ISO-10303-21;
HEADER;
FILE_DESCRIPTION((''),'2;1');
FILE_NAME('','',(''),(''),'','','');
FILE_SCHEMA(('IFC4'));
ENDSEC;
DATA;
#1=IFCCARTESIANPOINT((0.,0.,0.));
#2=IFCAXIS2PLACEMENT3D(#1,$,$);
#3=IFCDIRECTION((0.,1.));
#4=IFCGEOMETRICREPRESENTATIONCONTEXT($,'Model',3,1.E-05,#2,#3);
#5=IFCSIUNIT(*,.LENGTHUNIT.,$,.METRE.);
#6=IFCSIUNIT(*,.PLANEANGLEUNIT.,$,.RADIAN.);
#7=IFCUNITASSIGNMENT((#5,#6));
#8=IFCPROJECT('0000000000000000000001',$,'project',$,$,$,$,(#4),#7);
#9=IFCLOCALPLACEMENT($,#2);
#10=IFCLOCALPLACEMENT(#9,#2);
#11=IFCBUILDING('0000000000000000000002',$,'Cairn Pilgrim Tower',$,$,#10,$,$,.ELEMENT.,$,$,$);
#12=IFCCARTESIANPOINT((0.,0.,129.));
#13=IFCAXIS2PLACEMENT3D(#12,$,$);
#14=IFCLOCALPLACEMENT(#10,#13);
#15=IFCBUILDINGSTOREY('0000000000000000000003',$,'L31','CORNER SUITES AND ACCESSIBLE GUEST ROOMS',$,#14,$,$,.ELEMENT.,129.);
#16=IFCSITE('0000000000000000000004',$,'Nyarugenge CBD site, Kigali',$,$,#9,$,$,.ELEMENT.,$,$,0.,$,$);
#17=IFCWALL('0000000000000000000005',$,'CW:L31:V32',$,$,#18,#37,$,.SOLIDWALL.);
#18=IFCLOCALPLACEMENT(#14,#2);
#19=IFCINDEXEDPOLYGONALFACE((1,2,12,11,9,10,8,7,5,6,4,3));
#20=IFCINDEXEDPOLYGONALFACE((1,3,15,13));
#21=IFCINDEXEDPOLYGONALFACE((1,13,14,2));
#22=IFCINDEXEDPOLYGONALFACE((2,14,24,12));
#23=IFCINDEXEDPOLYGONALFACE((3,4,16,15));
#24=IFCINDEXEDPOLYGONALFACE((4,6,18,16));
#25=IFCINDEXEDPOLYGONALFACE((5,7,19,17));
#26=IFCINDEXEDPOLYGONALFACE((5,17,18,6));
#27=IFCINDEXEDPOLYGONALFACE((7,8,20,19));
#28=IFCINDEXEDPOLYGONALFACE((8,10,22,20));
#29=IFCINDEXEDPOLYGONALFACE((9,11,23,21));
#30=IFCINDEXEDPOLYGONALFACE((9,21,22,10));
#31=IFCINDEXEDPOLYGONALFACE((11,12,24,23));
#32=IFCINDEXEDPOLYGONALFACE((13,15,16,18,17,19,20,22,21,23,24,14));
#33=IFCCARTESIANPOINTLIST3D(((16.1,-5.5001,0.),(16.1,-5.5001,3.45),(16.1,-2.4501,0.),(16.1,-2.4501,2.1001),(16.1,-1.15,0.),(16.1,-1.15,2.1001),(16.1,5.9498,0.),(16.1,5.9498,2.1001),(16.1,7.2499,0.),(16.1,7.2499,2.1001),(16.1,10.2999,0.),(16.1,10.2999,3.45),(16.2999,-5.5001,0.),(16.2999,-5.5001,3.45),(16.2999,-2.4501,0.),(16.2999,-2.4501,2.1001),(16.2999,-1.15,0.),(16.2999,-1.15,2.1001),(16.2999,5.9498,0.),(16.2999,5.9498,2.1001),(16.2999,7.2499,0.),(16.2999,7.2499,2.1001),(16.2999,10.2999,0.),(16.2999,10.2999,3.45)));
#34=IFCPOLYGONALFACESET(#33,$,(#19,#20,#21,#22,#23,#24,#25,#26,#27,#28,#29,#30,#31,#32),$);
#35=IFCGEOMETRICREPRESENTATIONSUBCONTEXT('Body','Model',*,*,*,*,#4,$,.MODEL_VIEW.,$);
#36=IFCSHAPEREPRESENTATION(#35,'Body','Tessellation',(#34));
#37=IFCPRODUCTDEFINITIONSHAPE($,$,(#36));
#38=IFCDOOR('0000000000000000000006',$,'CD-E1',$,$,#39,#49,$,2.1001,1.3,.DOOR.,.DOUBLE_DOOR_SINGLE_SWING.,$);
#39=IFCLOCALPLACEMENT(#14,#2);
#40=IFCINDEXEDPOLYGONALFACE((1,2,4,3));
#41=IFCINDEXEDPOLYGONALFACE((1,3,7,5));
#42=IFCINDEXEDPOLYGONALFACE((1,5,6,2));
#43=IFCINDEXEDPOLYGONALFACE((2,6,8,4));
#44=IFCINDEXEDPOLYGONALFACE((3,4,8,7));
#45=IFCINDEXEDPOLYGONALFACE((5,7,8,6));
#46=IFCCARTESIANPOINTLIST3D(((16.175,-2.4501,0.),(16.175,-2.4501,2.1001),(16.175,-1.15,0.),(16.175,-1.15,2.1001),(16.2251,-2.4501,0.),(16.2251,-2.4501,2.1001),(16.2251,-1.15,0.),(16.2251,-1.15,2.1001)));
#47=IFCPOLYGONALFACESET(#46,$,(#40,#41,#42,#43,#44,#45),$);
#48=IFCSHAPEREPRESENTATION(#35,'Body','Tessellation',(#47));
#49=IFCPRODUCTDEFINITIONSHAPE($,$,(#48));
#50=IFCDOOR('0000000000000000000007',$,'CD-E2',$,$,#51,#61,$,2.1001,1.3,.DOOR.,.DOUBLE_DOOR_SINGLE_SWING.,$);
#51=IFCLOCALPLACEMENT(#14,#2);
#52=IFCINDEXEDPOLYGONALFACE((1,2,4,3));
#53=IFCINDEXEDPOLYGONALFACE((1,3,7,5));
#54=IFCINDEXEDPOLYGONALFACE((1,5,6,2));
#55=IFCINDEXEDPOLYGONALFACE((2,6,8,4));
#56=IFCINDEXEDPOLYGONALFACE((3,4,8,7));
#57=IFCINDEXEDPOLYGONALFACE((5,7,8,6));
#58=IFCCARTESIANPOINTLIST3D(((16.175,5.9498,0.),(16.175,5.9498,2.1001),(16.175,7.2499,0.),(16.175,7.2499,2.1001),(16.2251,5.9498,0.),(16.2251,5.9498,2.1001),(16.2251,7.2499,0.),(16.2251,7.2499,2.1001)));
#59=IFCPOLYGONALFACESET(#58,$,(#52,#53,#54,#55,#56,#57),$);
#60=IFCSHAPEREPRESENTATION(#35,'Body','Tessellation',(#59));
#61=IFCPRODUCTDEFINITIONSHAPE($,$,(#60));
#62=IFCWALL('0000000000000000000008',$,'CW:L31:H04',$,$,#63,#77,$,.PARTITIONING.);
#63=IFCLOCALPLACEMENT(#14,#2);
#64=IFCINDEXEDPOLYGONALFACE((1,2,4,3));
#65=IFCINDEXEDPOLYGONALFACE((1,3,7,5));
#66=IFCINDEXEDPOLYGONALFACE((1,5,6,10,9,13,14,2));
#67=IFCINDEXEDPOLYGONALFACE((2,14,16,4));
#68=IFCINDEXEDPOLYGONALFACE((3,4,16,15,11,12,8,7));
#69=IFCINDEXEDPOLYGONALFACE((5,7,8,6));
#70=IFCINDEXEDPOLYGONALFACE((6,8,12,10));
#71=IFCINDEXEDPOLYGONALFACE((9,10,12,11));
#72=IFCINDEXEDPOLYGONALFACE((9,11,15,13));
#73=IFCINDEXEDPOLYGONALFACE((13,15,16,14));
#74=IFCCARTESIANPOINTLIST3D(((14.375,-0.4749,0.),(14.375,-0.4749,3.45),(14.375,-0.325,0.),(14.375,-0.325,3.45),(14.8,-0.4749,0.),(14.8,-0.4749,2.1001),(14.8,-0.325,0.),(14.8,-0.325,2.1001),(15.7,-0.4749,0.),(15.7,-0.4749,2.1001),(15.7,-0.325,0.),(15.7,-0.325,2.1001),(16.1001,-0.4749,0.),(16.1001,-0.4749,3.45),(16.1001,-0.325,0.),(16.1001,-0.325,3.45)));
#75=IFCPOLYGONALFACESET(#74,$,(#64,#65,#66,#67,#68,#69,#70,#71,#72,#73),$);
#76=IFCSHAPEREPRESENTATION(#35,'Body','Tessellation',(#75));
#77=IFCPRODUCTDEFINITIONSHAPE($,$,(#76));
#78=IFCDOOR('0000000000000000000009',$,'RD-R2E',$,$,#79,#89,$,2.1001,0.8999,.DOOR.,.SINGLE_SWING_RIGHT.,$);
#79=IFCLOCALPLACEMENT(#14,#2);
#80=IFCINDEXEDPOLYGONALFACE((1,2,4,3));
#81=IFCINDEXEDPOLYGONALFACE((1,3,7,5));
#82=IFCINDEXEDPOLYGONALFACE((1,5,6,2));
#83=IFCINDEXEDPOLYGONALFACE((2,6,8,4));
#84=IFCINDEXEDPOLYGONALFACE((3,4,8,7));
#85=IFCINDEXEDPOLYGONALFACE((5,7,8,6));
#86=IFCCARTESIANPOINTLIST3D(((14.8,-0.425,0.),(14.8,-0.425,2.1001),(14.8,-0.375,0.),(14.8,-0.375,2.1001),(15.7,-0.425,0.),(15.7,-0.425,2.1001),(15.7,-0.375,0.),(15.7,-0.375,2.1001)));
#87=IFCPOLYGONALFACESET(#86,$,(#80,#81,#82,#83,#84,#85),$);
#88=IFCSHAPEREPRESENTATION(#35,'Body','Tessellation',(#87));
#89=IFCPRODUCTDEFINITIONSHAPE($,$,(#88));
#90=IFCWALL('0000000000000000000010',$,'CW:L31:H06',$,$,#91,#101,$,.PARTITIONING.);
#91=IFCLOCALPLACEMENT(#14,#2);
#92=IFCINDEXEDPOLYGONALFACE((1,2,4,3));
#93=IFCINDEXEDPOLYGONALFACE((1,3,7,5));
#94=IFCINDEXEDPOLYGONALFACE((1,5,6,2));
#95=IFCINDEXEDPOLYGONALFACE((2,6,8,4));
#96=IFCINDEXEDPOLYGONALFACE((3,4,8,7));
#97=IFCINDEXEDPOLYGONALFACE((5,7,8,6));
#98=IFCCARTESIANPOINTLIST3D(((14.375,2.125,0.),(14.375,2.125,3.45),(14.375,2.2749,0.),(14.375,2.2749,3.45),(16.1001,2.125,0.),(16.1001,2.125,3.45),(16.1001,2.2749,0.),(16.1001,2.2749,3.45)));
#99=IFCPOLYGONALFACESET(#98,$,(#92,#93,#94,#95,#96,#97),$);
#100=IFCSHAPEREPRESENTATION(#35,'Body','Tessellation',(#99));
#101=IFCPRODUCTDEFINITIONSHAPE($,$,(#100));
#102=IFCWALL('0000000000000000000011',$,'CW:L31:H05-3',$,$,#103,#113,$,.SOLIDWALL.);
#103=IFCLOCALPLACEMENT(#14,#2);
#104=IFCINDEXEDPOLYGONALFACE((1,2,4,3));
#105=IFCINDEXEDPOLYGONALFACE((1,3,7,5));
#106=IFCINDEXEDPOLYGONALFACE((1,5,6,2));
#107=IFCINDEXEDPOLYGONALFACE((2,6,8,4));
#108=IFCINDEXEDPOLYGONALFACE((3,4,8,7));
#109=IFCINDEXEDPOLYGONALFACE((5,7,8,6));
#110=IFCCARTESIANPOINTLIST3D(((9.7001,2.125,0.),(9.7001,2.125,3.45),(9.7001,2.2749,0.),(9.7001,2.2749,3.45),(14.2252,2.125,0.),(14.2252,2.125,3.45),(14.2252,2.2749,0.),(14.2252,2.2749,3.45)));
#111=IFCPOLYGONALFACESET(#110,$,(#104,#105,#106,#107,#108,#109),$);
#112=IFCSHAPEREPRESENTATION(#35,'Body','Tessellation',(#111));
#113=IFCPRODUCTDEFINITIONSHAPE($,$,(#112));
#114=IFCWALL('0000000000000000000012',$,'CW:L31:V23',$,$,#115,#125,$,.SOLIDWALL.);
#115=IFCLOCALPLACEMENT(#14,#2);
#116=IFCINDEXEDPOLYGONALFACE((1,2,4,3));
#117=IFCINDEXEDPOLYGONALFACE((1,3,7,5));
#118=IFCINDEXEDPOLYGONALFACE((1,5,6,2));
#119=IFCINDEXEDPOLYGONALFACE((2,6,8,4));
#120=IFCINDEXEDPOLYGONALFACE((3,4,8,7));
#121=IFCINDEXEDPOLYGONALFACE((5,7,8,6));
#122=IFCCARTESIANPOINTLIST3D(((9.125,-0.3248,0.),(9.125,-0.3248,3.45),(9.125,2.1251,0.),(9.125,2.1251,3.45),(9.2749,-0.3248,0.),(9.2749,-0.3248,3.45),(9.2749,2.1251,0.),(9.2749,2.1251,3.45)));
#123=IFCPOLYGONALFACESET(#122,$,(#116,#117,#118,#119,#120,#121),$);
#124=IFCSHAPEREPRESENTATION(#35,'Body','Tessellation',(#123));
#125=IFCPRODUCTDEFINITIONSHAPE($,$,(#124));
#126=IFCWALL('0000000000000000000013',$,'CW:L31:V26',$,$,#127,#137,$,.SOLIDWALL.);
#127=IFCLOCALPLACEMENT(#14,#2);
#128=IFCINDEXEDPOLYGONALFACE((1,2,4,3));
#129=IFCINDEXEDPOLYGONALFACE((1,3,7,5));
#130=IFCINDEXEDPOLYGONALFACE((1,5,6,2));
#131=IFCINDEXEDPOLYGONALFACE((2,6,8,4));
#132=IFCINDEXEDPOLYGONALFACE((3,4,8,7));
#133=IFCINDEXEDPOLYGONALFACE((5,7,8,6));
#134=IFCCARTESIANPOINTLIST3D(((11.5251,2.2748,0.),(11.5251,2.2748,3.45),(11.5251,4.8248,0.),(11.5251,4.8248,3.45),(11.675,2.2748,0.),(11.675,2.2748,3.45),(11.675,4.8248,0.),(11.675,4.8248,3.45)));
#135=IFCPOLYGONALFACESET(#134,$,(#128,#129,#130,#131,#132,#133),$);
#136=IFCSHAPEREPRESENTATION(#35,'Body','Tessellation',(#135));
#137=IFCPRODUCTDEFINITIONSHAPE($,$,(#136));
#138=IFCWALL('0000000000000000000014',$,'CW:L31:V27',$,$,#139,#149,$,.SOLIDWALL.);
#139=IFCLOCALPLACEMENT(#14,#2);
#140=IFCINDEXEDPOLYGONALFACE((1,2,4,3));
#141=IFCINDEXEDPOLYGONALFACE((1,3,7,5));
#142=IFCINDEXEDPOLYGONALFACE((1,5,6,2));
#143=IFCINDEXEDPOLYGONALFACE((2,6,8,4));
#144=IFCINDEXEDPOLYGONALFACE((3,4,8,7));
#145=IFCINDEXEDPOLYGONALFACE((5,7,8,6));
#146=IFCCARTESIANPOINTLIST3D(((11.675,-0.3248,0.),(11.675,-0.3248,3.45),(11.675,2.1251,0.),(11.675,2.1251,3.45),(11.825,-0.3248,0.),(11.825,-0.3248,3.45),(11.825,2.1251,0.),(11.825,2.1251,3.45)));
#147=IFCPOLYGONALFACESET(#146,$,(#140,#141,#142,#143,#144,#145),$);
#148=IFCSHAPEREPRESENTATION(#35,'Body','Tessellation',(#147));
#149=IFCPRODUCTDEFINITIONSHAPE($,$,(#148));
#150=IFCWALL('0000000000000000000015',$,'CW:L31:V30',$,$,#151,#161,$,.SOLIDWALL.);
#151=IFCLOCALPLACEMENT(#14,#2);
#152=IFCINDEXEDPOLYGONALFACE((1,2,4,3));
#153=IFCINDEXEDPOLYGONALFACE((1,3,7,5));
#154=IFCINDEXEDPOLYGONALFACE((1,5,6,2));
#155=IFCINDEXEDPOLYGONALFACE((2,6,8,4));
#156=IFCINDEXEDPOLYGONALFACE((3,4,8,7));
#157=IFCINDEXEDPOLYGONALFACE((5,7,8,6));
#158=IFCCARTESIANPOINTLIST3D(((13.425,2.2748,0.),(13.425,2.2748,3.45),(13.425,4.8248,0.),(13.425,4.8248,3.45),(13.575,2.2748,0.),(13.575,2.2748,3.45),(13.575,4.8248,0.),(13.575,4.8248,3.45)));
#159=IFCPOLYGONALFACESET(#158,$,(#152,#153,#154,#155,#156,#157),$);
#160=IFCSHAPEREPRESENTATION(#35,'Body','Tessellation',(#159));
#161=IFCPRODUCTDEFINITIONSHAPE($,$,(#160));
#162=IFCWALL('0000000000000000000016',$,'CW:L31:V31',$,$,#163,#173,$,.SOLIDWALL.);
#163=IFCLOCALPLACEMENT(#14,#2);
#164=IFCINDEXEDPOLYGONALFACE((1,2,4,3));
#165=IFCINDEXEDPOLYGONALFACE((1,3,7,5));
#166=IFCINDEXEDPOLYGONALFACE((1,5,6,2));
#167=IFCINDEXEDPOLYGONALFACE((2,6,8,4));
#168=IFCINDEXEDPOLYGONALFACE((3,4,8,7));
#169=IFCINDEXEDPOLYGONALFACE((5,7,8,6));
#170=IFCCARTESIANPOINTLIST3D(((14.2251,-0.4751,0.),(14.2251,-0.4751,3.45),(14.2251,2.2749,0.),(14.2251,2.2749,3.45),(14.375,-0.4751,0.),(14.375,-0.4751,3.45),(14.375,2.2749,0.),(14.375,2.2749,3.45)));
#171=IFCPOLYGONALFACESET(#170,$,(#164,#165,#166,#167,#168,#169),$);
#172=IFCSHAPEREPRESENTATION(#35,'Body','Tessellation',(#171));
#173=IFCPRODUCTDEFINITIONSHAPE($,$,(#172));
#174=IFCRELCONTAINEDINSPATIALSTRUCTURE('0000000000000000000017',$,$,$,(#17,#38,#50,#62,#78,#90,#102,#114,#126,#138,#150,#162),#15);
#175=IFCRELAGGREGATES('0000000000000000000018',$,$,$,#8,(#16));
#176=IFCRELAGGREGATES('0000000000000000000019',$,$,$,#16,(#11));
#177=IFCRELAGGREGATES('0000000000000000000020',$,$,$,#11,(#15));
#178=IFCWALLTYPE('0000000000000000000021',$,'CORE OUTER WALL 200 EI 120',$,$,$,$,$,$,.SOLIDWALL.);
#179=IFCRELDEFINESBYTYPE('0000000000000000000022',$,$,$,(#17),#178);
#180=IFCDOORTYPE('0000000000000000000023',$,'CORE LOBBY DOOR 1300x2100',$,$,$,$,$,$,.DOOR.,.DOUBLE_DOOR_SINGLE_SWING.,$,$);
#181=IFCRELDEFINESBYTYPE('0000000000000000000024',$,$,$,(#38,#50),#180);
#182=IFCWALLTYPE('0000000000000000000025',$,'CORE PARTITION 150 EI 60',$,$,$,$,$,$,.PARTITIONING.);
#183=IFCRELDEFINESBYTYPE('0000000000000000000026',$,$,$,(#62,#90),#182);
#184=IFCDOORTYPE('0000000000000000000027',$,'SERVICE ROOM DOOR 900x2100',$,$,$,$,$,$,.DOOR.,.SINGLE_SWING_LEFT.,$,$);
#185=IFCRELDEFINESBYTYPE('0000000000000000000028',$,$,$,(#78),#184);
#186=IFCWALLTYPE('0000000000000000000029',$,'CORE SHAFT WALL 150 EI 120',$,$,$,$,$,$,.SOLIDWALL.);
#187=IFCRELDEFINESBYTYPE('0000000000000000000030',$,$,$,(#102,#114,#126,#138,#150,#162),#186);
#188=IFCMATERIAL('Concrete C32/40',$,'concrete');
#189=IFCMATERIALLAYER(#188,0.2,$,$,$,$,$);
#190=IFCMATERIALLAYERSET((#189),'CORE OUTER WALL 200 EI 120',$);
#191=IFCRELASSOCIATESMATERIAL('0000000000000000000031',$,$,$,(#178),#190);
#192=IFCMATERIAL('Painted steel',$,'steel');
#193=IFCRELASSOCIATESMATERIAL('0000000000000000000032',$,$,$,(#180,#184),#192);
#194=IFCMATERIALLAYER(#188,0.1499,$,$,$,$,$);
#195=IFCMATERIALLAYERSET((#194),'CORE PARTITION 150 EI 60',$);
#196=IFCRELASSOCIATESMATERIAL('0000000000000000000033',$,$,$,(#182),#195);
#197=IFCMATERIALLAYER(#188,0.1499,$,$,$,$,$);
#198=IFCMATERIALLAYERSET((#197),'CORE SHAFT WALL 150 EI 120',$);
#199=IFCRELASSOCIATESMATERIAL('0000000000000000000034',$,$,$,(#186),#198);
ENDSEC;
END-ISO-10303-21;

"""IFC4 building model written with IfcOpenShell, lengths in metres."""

from ifc_helpers import new_model, si_unit, direction, frame, frame_2d, origin, place, context, subcontext, project, spatial, rectangle, extrude, material, layer, layer_set, type_object, element, fill, save


model = new_model("IFC4")

# Units and contexts
model_context = context("Model", 3, precision=1e-05, world=origin(), true_north=direction((0.0, 1.0)))
body_context = subcontext(model_context, "Body", "Model", "MODEL_VIEW")
ifc_project = project(units=[si_unit("LENGTHUNIT", "METRE"), si_unit("PLANEANGLEUNIT", "RADIAN")], contexts=[model_context])

# Site, building, storey
site_placement = place(None, origin())
site = spatial("IfcSite", under=ifc_project, at=site_placement, Name="Nyarugenge CBD site, Kigali", CompositionType="ELEMENT", RefElevation=0.0)
building_placement = place(site_placement, origin())
building = spatial("IfcBuilding", under=site, at=building_placement, Name="Cairn Pilgrim Tower", CompositionType="ELEMENT")
storey_placement = place(building_placement, frame((0.0, 0.0, 129.0)))
storey = spatial("IfcBuildingStorey", under=building, at=storey_placement, Name="L31", Description="CORNER SUITES AND ACCESSIBLE GUEST ROOMS", CompositionType="ELEMENT", Elevation=129.0)

# Shared definitions
ifc_material_1 = material(Name="Concrete C32/40", Category="concrete")
ifc_layer_1 = layer(ifc_material_1, 0.2)
ifc_layer_set_1 = layer_set([ifc_layer_1], Name="CORE OUTER WALL 200 EI 120")
wall_type_1 = type_object("IfcWallType", Name="CORE OUTER WALL 200 EI 120", PredefinedType="SOLIDWALL", material=ifc_layer_set_1)

# Wall, openings, doors
wall_1_placement = place(storey_placement, frame((16.2, -5.5, 0.0), z_axis=(0.0, 0.0, 1.0), x_axis=(0.0, 1.0, 0.0)))
wall_1 = element("IfcWall", 1, at=wall_1_placement, inside=storey, type_object=wall_type_1, Name="CW:L31:V32", PredefinedType="SOLIDWALL", context=body_context, shape_type="SweptSolid", body=[
    extrude(rectangle(XDim=15.8, YDim=0.2, at=frame_2d((7.8999, 0.0))), origin(), (0.0, 0.0, 1.0), 3.45),
])
opening_1_placement = place(wall_1_placement, frame((3.05, 0.0, 0.0)))
opening_1 = element("IfcOpeningElement", 2, at=opening_1_placement, cuts=wall_1, PredefinedType="OPENING", context=body_context, shape_type="SweptSolid", body=[
    extrude(rectangle(XDim=1.3, YDim=2.1001, at=frame_2d((0.6499, 1.05))), frame((0.0, 0.1099, 0.0), z_axis=(0.0, -1.0, 0.0), x_axis=(1.0, 0.0, 0.0)), (0.0, 0.0, 1.0), 0.22),
])
opening_2_placement = place(wall_1_placement, frame((11.45, 0.0, 0.0)))
opening_2 = element("IfcOpeningElement", 3, at=opening_2_placement, cuts=wall_1, PredefinedType="OPENING", context=body_context, shape_type="SweptSolid", body=[
    extrude(rectangle(XDim=1.3, YDim=2.1001, at=frame_2d((0.6499, 1.05))), frame((0.0, 0.1099, 0.0), z_axis=(0.0, -1.0, 0.0), x_axis=(1.0, 0.0, 0.0)), (0.0, 0.0, 1.0), 0.22),
])
ifc_material_2 = material(Name="Painted steel", Category="steel")
door_type_1 = type_object("IfcDoorType", Name="CORE LOBBY DOOR 1300x2100", OperationType="DOUBLE_DOOR_SINGLE_SWING", PredefinedType="DOOR", material=ifc_material_2)
door_1_placement = place(opening_1_placement, origin())
door_1 = element("IfcDoor", 4, at=door_1_placement, inside=storey, type_object=door_type_1, Name="CD-E1", OperationType="DOUBLE_DOOR_SINGLE_SWING", OverallHeight=2.1001, OverallWidth=1.3, PredefinedType="DOOR", context=body_context, shape_type="SweptSolid", body=[
    extrude(rectangle(XDim=1.3, YDim=2.1001, at=frame_2d((0.6499, 1.05))), frame((0.0, 0.0249, 0.0), z_axis=(0.0, -1.0, 0.0), x_axis=(1.0, 0.0, 0.0)), (0.0, 0.0, 1.0), 0.05),
])
fill(opening_1, door_1)
door_2_placement = place(opening_2_placement, origin())
door_2 = element("IfcDoor", 5, at=door_2_placement, inside=storey, type_object=door_type_1, Name="CD-E2", OperationType="DOUBLE_DOOR_SINGLE_SWING", OverallHeight=2.1001, OverallWidth=1.3, PredefinedType="DOOR", context=body_context, shape_type="SweptSolid", body=[
    extrude(rectangle(XDim=1.3, YDim=2.1001, at=frame_2d((0.6499, 1.05))), frame((0.0, 0.0249, 0.0), z_axis=(0.0, -1.0, 0.0), x_axis=(1.0, 0.0, 0.0)), (0.0, 0.0, 1.0), 0.05),
])
fill(opening_2, door_2)

# Wall, opening, door
ifc_layer_2 = layer(ifc_material_1, 0.1499)
ifc_layer_set_2 = layer_set([ifc_layer_2], Name="CORE PARTITION 150 EI 60")
wall_type_2 = type_object("IfcWallType", Name="CORE PARTITION 150 EI 60", PredefinedType="PARTITIONING", material=ifc_layer_set_2)
wall_2_placement = place(storey_placement, frame((14.375, -0.3999, 0.0), z_axis=(0.0, 0.0, 1.0), x_axis=(1.0, 0.0, 0.0)))
wall_2 = element("IfcWall", 6, at=wall_2_placement, inside=storey, type_object=wall_type_2, Name="CW:L31:H04", PredefinedType="PARTITIONING", context=body_context, shape_type="SweptSolid", body=[
    extrude(rectangle(XDim=1.7251, YDim=0.1499, at=frame_2d((0.8625, 0.0))), origin(), (0.0, 0.0, 1.0), 3.45),
])
opening_3_placement = place(wall_2_placement, frame((0.425, 0.0, 0.0)))
opening_3 = element("IfcOpeningElement", 7, at=opening_3_placement, cuts=wall_2, PredefinedType="OPENING", context=body_context, shape_type="SweptSolid", body=[
    extrude(rectangle(XDim=0.8999, YDim=2.1001, at=frame_2d((0.45, 1.05))), frame((0.0, 0.085, 0.0), z_axis=(0.0, -1.0, 0.0), x_axis=(1.0, 0.0, 0.0)), (0.0, 0.0, 1.0), 0.1699),
])
door_type_2 = type_object("IfcDoorType", Name="SERVICE ROOM DOOR 900x2100", OperationType="SINGLE_SWING_LEFT", PredefinedType="DOOR", material=ifc_material_2)
door_3_placement = place(opening_3_placement, origin())
door_3 = element("IfcDoor", 8, at=door_3_placement, inside=storey, type_object=door_type_2, Name="RD-R2E", OperationType="SINGLE_SWING_RIGHT", OverallHeight=2.1001, OverallWidth=0.8999, PredefinedType="DOOR", context=body_context, shape_type="SweptSolid", body=[
    extrude(rectangle(XDim=0.8999, YDim=2.1001, at=frame_2d((0.45, 1.05))), frame((0.0, 0.0249, 0.0), z_axis=(0.0, -1.0, 0.0), x_axis=(1.0, 0.0, 0.0)), (0.0, 0.0, 1.0), 0.05),
])
fill(opening_3, door_3)

# Walls
wall_3_placement = place(storey_placement, frame((14.375, 2.2, 0.0), z_axis=(0.0, 0.0, 1.0), x_axis=(1.0, 0.0, 0.0)))
element("IfcWall", 9, at=wall_3_placement, inside=storey, type_object=wall_type_2, Name="CW:L31:H06", PredefinedType="PARTITIONING", context=body_context, shape_type="SweptSolid", body=[
    extrude(rectangle(XDim=1.7251, YDim=0.1499, at=frame_2d((0.8625, 0.0))), origin(), (0.0, 0.0, 1.0), 3.45),
])
ifc_layer_3 = layer(ifc_material_1, 0.1499)
ifc_layer_set_3 = layer_set([ifc_layer_3], Name="CORE SHAFT WALL 150 EI 120")
wall_type_3 = type_object("IfcWallType", Name="CORE SHAFT WALL 150 EI 120", PredefinedType="SOLIDWALL", material=ifc_layer_set_3)
wall_4_placement = place(storey_placement, frame((9.7, 2.2, 0.0), z_axis=(0.0, 0.0, 1.0), x_axis=(1.0, 0.0, 0.0)))
element("IfcWall", 10, at=wall_4_placement, inside=storey, type_object=wall_type_3, Name="CW:L31:H05-3", PredefinedType="SOLIDWALL", context=body_context, shape_type="SweptSolid", body=[
    extrude(rectangle(XDim=4.5251, YDim=0.1499, at=frame_2d((2.2627, 0.0))), origin(), (0.0, 0.0, 1.0), 3.45),
])
wall_5_placement = place(storey_placement, frame((9.2, -0.325, 0.0), z_axis=(0.0, 0.0, 1.0), x_axis=(0.0, 1.0, 0.0)))
element("IfcWall", 11, at=wall_5_placement, inside=storey, type_object=wall_type_3, Name="CW:L31:V23", PredefinedType="SOLIDWALL", context=body_context, shape_type="SweptSolid", body=[
    extrude(rectangle(XDim=2.45, YDim=0.1499, at=frame_2d((1.2251, 0.0))), origin(), (0.0, 0.0, 1.0), 3.45),
])
wall_6_placement = place(storey_placement, frame((11.6001, 2.2749, 0.0), z_axis=(0.0, 0.0, 1.0), x_axis=(0.0, 1.0, 0.0)))
element("IfcWall", 12, at=wall_6_placement, inside=storey, type_object=wall_type_3, Name="CW:L31:V26", PredefinedType="SOLIDWALL", context=body_context, shape_type="SweptSolid", body=[
    extrude(rectangle(XDim=2.55, YDim=0.1499, at=frame_2d((1.2749, 0.0))), origin(), (0.0, 0.0, 1.0), 3.45),
])
wall_7_placement = place(storey_placement, frame((11.75, -0.325, 0.0), z_axis=(0.0, 0.0, 1.0), x_axis=(0.0, 1.0, 0.0)))
element("IfcWall", 13, at=wall_7_placement, inside=storey, type_object=wall_type_3, Name="CW:L31:V27", PredefinedType="SOLIDWALL", context=body_context, shape_type="SweptSolid", body=[
    extrude(rectangle(XDim=2.45, YDim=0.1499, at=frame_2d((1.2251, 0.0))), origin(), (0.0, 0.0, 1.0), 3.45),
])
wall_8_placement = place(storey_placement, frame((13.5, 2.2749, 0.0), z_axis=(0.0, 0.0, 1.0), x_axis=(0.0, 1.0, 0.0)))
element("IfcWall", 14, at=wall_8_placement, inside=storey, type_object=wall_type_3, Name="CW:L31:V30", PredefinedType="SOLIDWALL", context=body_context, shape_type="SweptSolid", body=[
    extrude(rectangle(XDim=2.55, YDim=0.1499, at=frame_2d((1.2749, 0.0))), origin(), (0.0, 0.0, 1.0), 3.45),
])
wall_9_placement = place(storey_placement, frame((14.3, -0.4751, 0.0), z_axis=(0.0, 0.0, 1.0), x_axis=(0.0, 1.0, 0.0)))
element("IfcWall", 15, at=wall_9_placement, inside=storey, type_object=wall_type_3, Name="CW:L31:V31", PredefinedType="SOLIDWALL", context=body_context, shape_type="SweptSolid", body=[
    extrude(rectangle(XDim=2.75, YDim=0.1499, at=frame_2d((1.375, 0.0))), origin(), (0.0, 0.0, 1.0), 3.45),
])

save(model, "model.ifc")
